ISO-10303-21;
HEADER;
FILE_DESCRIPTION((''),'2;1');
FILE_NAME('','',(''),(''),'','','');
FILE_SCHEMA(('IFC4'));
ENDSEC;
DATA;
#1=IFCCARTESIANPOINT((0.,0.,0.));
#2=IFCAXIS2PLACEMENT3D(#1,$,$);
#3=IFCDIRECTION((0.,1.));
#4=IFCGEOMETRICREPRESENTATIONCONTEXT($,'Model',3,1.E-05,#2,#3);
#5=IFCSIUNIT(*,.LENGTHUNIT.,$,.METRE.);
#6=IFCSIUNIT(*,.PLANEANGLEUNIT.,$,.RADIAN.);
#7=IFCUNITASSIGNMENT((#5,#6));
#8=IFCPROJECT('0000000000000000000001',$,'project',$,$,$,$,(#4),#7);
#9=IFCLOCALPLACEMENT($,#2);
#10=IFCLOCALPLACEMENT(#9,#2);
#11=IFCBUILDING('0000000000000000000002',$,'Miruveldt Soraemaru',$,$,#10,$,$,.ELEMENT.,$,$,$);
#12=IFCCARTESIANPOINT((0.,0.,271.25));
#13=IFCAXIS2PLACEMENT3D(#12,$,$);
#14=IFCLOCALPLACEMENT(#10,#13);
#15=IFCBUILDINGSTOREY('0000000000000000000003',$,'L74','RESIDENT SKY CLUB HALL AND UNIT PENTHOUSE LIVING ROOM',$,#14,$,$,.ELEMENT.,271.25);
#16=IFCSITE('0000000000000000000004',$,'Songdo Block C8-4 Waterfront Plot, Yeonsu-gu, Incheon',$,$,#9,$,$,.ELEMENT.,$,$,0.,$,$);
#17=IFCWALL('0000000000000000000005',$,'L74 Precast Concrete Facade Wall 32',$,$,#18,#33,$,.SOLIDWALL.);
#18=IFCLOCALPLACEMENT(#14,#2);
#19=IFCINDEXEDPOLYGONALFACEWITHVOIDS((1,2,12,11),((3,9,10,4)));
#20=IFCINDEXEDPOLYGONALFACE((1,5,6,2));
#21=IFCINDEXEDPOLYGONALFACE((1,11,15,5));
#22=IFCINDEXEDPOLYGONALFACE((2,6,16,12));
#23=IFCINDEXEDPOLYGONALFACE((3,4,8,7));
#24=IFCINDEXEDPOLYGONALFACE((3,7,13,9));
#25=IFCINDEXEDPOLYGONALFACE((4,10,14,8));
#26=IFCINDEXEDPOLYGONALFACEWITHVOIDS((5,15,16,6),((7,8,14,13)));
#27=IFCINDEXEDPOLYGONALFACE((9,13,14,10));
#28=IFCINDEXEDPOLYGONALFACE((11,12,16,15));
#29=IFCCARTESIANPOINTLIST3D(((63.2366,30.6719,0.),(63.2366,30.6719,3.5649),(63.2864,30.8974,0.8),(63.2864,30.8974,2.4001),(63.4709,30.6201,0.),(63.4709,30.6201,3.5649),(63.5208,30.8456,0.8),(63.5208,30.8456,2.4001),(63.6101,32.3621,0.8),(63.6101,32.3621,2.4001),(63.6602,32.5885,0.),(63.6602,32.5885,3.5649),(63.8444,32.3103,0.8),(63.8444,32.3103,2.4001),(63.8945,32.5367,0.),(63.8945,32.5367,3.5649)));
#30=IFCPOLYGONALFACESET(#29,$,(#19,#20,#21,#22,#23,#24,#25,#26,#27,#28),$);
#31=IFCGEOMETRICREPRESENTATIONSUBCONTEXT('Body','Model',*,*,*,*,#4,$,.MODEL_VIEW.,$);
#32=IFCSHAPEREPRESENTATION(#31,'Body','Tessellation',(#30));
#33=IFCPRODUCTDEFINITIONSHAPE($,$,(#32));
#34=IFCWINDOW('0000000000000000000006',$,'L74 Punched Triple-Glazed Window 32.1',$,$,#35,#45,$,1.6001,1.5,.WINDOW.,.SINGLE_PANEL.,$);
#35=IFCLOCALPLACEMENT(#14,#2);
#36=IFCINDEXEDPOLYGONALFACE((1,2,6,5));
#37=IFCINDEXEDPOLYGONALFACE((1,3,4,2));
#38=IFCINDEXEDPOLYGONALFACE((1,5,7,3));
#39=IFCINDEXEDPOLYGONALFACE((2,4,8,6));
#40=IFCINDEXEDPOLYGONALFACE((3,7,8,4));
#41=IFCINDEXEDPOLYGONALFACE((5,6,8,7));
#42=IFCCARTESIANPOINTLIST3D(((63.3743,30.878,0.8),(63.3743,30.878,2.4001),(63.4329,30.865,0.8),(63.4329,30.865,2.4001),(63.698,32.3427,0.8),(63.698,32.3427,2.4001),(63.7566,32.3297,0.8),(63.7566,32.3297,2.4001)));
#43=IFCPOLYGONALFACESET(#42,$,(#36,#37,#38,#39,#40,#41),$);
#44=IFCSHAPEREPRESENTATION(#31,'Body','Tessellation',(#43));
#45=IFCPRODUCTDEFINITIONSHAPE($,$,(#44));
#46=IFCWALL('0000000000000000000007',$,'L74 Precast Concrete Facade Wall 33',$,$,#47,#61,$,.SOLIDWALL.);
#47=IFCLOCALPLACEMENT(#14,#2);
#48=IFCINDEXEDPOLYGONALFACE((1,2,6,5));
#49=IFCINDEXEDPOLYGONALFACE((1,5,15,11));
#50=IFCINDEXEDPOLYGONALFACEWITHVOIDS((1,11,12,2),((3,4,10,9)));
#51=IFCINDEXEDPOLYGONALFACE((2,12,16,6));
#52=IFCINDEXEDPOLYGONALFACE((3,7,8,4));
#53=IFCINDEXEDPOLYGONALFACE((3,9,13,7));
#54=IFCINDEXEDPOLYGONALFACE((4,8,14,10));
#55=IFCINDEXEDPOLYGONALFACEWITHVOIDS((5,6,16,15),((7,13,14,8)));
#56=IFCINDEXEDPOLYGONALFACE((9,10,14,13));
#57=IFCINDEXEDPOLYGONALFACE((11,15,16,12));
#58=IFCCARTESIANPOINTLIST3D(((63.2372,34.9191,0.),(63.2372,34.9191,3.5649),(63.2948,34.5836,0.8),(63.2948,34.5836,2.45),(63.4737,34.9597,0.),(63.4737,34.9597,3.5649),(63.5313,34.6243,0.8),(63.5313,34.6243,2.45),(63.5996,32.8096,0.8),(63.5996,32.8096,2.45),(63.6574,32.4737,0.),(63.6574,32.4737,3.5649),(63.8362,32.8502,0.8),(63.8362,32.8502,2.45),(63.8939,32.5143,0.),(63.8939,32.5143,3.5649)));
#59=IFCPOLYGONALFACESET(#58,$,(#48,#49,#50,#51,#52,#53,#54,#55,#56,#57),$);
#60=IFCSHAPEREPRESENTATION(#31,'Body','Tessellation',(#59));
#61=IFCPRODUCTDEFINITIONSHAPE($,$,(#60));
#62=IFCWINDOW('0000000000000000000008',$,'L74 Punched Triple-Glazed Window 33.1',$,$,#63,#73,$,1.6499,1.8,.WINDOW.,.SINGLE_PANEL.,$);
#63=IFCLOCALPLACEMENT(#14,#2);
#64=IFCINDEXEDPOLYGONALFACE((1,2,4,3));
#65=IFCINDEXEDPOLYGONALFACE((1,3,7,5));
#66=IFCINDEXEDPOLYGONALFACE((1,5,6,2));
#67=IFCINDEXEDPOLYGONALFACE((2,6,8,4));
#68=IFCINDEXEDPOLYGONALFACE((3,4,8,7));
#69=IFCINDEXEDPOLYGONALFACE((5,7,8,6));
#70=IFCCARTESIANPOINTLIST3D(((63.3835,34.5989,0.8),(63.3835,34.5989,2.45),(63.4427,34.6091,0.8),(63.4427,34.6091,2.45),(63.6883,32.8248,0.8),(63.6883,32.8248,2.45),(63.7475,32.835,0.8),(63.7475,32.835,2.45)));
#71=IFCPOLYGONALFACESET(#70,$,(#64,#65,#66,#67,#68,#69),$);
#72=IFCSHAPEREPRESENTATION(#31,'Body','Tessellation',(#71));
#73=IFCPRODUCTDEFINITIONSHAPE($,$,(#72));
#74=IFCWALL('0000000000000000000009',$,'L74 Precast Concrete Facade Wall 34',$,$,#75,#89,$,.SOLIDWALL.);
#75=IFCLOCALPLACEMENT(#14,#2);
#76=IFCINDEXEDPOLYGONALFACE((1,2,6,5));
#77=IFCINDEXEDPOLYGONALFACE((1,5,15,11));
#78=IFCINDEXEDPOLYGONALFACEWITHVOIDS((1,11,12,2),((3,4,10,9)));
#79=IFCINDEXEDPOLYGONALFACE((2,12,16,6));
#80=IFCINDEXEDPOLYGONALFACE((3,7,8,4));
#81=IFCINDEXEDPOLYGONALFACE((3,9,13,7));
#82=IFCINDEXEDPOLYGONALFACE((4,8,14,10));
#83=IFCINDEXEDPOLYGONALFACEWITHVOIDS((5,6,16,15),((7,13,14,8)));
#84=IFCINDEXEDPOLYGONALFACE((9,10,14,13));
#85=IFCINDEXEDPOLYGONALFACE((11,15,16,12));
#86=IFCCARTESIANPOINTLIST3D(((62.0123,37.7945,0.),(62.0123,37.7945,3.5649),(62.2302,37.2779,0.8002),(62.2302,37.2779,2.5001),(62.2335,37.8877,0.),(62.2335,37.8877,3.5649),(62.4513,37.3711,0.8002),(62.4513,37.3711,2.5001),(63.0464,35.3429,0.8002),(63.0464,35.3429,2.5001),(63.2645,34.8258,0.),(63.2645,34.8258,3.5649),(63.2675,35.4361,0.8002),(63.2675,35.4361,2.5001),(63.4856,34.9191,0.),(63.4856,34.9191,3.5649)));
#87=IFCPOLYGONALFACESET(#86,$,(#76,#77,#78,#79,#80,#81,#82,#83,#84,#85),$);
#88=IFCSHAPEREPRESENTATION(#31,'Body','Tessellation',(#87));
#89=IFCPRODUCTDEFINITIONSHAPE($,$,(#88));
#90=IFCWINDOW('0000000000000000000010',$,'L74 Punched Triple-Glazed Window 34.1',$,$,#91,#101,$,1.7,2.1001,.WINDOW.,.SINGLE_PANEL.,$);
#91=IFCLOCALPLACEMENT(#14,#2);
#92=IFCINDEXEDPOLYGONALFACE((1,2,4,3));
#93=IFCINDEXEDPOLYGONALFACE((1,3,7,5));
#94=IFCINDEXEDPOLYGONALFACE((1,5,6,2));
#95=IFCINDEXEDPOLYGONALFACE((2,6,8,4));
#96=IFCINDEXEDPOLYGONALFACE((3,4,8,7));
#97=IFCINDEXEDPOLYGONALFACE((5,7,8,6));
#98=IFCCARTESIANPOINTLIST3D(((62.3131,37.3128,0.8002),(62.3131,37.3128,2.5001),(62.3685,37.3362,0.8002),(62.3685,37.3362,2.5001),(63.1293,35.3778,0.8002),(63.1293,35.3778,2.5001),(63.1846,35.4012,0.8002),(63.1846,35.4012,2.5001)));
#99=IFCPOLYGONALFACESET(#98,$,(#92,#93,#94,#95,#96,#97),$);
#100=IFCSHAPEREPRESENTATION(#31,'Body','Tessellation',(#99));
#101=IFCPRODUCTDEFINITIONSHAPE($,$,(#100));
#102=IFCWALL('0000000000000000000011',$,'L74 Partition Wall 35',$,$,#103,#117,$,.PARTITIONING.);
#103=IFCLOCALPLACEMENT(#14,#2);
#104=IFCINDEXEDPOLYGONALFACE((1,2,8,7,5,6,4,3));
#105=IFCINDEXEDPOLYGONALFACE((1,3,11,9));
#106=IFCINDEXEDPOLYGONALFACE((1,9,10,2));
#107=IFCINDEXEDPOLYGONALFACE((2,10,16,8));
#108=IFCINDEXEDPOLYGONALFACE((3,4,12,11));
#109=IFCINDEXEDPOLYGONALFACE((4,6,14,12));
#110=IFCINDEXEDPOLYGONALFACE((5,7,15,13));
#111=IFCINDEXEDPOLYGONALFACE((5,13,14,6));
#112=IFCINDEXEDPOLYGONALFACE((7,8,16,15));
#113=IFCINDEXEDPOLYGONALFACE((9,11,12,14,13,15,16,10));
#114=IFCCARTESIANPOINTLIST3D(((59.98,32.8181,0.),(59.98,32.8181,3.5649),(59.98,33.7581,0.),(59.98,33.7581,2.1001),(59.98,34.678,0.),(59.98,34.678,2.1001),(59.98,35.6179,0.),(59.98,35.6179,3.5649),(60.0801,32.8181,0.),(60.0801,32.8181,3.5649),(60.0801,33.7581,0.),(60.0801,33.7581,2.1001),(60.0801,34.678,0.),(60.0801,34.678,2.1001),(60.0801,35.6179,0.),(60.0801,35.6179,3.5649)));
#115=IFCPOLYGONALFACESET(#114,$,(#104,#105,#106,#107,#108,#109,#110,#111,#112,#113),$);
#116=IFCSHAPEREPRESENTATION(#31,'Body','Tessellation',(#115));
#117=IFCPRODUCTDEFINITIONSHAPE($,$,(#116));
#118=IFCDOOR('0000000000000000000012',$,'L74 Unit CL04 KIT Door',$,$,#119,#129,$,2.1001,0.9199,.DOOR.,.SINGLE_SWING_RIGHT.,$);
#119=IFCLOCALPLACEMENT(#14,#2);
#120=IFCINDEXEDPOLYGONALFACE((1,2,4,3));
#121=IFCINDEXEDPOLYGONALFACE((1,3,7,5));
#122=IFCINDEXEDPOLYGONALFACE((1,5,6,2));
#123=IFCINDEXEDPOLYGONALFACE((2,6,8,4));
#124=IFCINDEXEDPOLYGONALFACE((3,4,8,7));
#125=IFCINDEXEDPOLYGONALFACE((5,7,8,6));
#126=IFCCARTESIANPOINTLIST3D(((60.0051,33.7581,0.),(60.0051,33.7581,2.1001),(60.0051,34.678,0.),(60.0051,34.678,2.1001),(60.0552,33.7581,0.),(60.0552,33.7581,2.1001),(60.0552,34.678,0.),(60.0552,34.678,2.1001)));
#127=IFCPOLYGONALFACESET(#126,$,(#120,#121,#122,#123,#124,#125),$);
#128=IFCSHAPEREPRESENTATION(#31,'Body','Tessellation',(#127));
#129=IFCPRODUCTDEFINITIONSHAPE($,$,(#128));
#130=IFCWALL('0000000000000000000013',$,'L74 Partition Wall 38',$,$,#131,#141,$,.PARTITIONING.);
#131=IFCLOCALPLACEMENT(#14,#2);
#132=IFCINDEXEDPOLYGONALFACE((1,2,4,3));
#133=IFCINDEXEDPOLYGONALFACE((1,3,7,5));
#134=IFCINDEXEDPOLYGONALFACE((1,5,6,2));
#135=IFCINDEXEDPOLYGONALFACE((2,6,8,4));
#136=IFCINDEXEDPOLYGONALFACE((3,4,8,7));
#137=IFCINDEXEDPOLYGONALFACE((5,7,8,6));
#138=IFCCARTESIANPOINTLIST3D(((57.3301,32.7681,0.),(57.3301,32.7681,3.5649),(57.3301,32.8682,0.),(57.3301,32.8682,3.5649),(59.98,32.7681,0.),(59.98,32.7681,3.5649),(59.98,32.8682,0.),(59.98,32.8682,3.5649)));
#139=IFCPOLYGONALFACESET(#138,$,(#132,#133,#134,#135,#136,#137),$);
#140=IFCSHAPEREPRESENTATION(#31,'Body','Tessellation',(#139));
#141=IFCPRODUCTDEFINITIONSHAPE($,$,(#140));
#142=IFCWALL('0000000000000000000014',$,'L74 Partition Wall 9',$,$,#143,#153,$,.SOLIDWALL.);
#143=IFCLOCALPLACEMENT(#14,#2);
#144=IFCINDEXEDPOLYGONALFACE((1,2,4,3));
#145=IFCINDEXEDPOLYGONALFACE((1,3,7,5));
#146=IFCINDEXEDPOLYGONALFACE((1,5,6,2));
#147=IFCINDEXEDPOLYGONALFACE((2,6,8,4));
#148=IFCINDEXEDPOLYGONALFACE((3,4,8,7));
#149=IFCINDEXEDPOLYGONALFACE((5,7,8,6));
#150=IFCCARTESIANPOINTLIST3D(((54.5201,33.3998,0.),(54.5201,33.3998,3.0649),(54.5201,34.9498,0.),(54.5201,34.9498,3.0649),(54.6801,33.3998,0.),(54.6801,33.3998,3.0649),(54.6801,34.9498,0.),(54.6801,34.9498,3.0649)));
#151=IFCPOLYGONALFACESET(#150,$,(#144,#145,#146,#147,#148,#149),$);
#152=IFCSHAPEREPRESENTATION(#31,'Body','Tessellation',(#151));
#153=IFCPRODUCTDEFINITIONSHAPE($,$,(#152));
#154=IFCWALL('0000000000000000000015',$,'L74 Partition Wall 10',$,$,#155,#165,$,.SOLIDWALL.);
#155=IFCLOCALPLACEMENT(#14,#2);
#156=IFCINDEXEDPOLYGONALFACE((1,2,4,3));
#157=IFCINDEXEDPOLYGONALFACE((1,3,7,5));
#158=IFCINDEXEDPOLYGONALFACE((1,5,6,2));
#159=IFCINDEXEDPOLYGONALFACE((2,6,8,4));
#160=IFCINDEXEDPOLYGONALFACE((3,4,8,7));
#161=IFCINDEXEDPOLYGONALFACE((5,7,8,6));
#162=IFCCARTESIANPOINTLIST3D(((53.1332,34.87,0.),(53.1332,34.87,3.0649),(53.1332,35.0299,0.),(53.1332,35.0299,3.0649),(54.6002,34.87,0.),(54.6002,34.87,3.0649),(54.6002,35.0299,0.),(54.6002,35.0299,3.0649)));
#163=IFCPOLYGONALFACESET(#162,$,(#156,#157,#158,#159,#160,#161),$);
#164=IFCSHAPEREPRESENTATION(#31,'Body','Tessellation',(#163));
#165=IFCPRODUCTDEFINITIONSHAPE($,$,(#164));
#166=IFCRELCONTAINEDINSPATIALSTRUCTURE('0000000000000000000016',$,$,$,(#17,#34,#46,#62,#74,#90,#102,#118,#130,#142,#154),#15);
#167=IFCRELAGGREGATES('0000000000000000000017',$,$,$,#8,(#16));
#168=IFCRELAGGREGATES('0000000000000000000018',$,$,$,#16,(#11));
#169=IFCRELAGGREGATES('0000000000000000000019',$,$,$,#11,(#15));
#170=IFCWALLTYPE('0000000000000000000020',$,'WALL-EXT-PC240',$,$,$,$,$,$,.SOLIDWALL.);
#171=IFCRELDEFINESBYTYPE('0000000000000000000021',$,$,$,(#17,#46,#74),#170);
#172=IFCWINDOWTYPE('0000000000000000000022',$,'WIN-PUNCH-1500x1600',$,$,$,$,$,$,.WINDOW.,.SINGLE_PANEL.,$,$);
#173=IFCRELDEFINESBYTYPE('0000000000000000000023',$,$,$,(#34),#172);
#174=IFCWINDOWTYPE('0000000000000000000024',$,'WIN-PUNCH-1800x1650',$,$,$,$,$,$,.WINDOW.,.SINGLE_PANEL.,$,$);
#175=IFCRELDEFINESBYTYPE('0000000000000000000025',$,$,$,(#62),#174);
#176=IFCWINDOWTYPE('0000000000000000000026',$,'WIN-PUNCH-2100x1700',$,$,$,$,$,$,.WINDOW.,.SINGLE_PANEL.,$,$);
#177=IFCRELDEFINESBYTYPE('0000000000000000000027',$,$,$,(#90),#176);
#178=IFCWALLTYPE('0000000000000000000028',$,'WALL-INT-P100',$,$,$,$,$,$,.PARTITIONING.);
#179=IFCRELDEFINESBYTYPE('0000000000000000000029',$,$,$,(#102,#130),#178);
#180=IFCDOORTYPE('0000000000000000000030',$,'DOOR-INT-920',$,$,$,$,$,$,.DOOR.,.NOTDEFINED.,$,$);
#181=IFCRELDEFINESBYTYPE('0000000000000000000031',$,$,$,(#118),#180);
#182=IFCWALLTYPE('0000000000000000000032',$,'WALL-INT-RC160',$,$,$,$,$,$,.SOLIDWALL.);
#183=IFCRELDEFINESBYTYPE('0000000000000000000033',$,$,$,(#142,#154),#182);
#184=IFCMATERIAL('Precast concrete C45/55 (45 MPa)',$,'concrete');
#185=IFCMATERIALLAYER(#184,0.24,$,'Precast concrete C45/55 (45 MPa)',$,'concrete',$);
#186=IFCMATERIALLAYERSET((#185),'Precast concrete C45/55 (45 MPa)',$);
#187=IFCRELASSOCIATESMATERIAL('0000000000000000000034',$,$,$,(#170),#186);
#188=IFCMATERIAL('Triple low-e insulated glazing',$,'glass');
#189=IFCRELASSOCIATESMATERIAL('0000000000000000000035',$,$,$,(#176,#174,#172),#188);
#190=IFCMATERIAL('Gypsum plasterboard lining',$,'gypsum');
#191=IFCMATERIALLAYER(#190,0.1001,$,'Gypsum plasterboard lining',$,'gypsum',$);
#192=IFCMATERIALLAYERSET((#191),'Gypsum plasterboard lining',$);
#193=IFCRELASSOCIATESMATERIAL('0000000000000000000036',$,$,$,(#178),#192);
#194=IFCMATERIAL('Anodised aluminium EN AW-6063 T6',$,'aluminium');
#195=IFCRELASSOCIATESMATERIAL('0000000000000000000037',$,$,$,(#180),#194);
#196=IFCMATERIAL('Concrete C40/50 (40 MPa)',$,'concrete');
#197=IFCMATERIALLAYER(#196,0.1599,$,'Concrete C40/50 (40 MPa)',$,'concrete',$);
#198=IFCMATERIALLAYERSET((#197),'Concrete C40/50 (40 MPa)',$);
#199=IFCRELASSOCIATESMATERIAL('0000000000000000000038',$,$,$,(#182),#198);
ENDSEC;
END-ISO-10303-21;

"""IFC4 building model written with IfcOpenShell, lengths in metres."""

from ifc_helpers import new_model, si_unit, direction, frame, frame_2d, origin, place, context, subcontext, project, spatial, rectangle, extrude, material, layer, layer_set, type_object, element, fill, save


model = new_model("IFC4")

# Units and contexts
model_context = context("Model", 3, precision=1e-05, world=origin(), true_north=direction((0.0, 1.0)))
body_context = subcontext(model_context, "Body", "Model", "MODEL_VIEW")
ifc_project = project(units=[si_unit("LENGTHUNIT", "METRE"), si_unit("PLANEANGLEUNIT", "RADIAN")], contexts=[model_context])

# Site, building, storey
site_placement = place(None, origin())
site = spatial("IfcSite", under=ifc_project, at=site_placement, Name="Songdo Block C8-4 Waterfront Plot, Yeonsu-gu, Incheon", CompositionType="ELEMENT", RefElevation=0.0)
building_placement = place(site_placement, origin())
building = spatial("IfcBuilding", under=site, at=building_placement, Name="Miruveldt Soraemaru", CompositionType="ELEMENT")
storey_placement = place(building_placement, frame((0.0, 0.0, 271.25)))
storey = spatial("IfcBuildingStorey", under=building, at=storey_placement, Name="L74", Description="RESIDENT SKY CLUB HALL AND UNIT PENTHOUSE LIVING ROOM", CompositionType="ELEMENT", Elevation=271.25)

# Shared definitions
ifc_material_1 = material(Name="Anodised aluminium EN AW-6063 T6", Category="aluminium")

# Shared definitions
ifc_material_2 = material(Name="Precast concrete C45/55 (45 MPa)", Category="concrete")
ifc_layer_1 = layer(ifc_material_2, 0.24, Name="Precast concrete C45/55 (45 MPa)", Category="concrete")
ifc_layer_set_1 = layer_set([ifc_layer_1], Name="Precast concrete C45/55 (45 MPa)")
wall_type_1 = type_object("IfcWallType", Name="WALL-EXT-PC240", PredefinedType="SOLIDWALL", material=ifc_layer_set_1)

# Walls, openings, windows
ifc_material_3 = material(Name="Triple low-e insulated glazing", Category="glass")
window_type_1 = type_object("IfcWindowType", Name="WIN-PUNCH-2100x1700", PartitioningType="SINGLE_PANEL", PredefinedType="WINDOW", material=ifc_material_3)
window_type_2 = type_object("IfcWindowType", Name="WIN-PUNCH-1800x1650", PartitioningType="SINGLE_PANEL", PredefinedType="WINDOW", material=ifc_material_3)
wall_1_placement = place(storey_placement, frame((63.3538, 30.646, 0.0), z_axis=(0.0, 0.0, 1.0), x_axis=(0.215785, 0.976441, 0.0)))
wall_1 = element("IfcWall", 1, at=wall_1_placement, inside=storey, type_object=wall_type_1, Name="L74 Precast Concrete Facade Wall 32", PredefinedType="SOLIDWALL", context=body_context, shape_type="SweptSolid", body=[
    extrude(rectangle(XDim=1.9629, YDim=0.24, at=frame_2d((0.9814, 0.0))), origin(), (0.0, 0.0, 1.0), 3.5649),
])
opening_1_placement = place(wall_1_placement, frame((0.231, 0.0, 0.8)))
opening_1 = element("IfcOpeningElement", 2, at=opening_1_placement, cuts=wall_1, PredefinedType="OPENING", context=body_context, shape_type="SweptSolid", body=[
    extrude(rectangle(XDim=1.5, YDim=1.6001, at=frame_2d((0.75, 0.8))), frame((0.0, 0.1299, 0.0), z_axis=(0.0, -1.0, 0.0), x_axis=(1.0, 0.0, 0.0)), (0.0, 0.0, 1.0), 0.26),
])
window_type_3 = type_object("IfcWindowType", Name="WIN-PUNCH-1500x1600", PartitioningType="SINGLE_PANEL", PredefinedType="WINDOW", material=ifc_material_3)
window_1_placement = place(opening_1_placement, origin())
window_1 = element("IfcWindow", 3, at=window_1_placement, inside=storey, type_object=window_type_3, Name="L74 Punched Triple-Glazed Window 32.1", OverallHeight=1.6001, OverallWidth=1.5, PartitioningType="SINGLE_PANEL", PredefinedType="WINDOW", context=body_context, shape_type="SweptSolid", body=[
    extrude(rectangle(XDim=1.5, YDim=1.6001, at=frame_2d((0.75, 0.8))), frame((0.0, 0.03, 0.0), z_axis=(0.0, -1.0, 0.0), x_axis=(1.0, 0.0, 0.0)), (0.0, 0.0, 1.0), 0.0601),
])
fill(opening_1, window_1)
wall_2_placement = place(storey_placement, frame((63.7756, 32.4939, 0.0), z_axis=(0.0, 0.0, 1.0), x_axis=(-0.169343, 0.985557, 0.0)))
wall_2 = element("IfcWall", 4, at=wall_2_placement, inside=storey, type_object=wall_type_1, Name="L74 Precast Concrete Facade Wall 33", PredefinedType="SOLIDWALL", context=body_context, shape_type="SweptSolid", body=[
    extrude(rectangle(XDim=2.4812, YDim=0.24, at=frame_2d((1.2407, 0.0))), origin(), (0.0, 0.0, 1.0), 3.5649),
])
opening_2_placement = place(wall_2_placement, frame((0.3411, 0.0, 0.8)))
opening_2 = element("IfcOpeningElement", 5, at=opening_2_placement, cuts=wall_2, PredefinedType="OPENING", context=body_context, shape_type="SweptSolid", body=[
    extrude(rectangle(XDim=1.8, YDim=1.6499, at=frame_2d((0.8999, 0.825))), frame((0.0, 0.1299, 0.0), z_axis=(0.0, -1.0, 0.0), x_axis=(1.0, 0.0, 0.0)), (0.0, 0.0, 1.0), 0.26),
])
window_2_placement = place(opening_2_placement, origin())
window_2 = element("IfcWindow", 6, at=window_2_placement, inside=storey, type_object=window_type_2, Name="L74 Punched Triple-Glazed Window 33.1", OverallHeight=1.6499, OverallWidth=1.8, PartitioningType="SINGLE_PANEL", PredefinedType="WINDOW", context=body_context, shape_type="SweptSolid", body=[
    extrude(rectangle(XDim=1.8, YDim=1.6499, at=frame_2d((0.8999, 0.825))), frame((0.0, 0.03, 0.0), z_axis=(0.0, -1.0, 0.0), x_axis=(1.0, 0.0, 0.0)), (0.0, 0.0, 1.0), 0.0601),
])
fill(opening_2, window_2)
wall_3_placement = place(storey_placement, frame((63.375, 34.8726, 0.0), z_axis=(0.0, 0.0, 1.0), x_axis=(-0.388636, 0.921391, 0.0)))
wall_3 = element("IfcWall", 7, at=wall_3_placement, inside=storey, type_object=wall_type_1, Name="L74 Precast Concrete Facade Wall 34", PredefinedType="SOLIDWALL", context=body_context, shape_type="SweptSolid", body=[
    extrude(rectangle(XDim=3.2219, YDim=0.24, at=frame_2d((1.6108, 0.0))), origin(), (0.0, 0.0, 1.0), 3.5649),
])
opening_3_placement = place(wall_3_placement, frame((0.561, 0.0, 0.8)))
opening_3 = element("IfcOpeningElement", 8, at=opening_3_placement, cuts=wall_3, PredefinedType="OPENING", context=body_context, shape_type="SweptSolid", body=[
    extrude(rectangle(XDim=2.1001, YDim=1.7, at=frame_2d((1.05, 0.8501))), frame((0.0, 0.1299, 0.0), z_axis=(0.0, -1.0, 0.0), x_axis=(1.0, 0.0, 0.0)), (0.0, 0.0, 1.0), 0.26),
])
window_3_placement = place(opening_3_placement, origin())
window_3 = element("IfcWindow", 9, at=window_3_placement, inside=storey, type_object=window_type_1, Name="L74 Punched Triple-Glazed Window 34.1", OverallHeight=1.7, OverallWidth=2.1001, PartitioningType="SINGLE_PANEL", PredefinedType="WINDOW", context=body_context, shape_type="SweptSolid", body=[
    extrude(rectangle(XDim=2.1001, YDim=1.7, at=frame_2d((1.05, 0.8501))), frame((0.0, 0.03, 0.0), z_axis=(0.0, -1.0, 0.0), x_axis=(1.0, 0.0, 0.0)), (0.0, 0.0, 1.0), 0.0601),
])
fill(opening_3, window_3)

# Wall, opening, door
ifc_material_4 = material(Name="Gypsum plasterboard lining", Category="gypsum")
ifc_layer_2 = layer(ifc_material_4, 0.1001, Name="Gypsum plasterboard lining", Category="gypsum")
ifc_layer_set_2 = layer_set([ifc_layer_2], Name="Gypsum plasterboard lining")
wall_type_2 = type_object("IfcWallType", Name="WALL-INT-P100", PredefinedType="PARTITIONING", material=ifc_layer_set_2)
wall_4_placement = place(storey_placement, frame((60.03, 32.8181, 0.0), z_axis=(0.0, 0.0, 1.0), x_axis=(0.0, 1.0, 0.0)))
wall_4 = element("IfcWall", 10, at=wall_4_placement, inside=storey, type_object=wall_type_2, Name="L74 Partition Wall 35", PredefinedType="PARTITIONING", context=body_context, shape_type="SweptSolid", body=[
    extrude(rectangle(XDim=2.7998, YDim=0.1001, at=frame_2d((1.3999, 0.0))), origin(), (0.0, 0.0, 1.0), 3.5649),
])
opening_4_placement = place(wall_4_placement, frame((0.9399, 0.0, 0.0)))
opening_4 = element("IfcOpeningElement", 11, at=opening_4_placement, cuts=wall_4, PredefinedType="OPENING", context=body_context, shape_type="SweptSolid", body=[
    extrude(rectangle(XDim=0.9199, YDim=2.1001, at=frame_2d((0.46, 1.05))), frame((0.0, 0.0601, 0.0), z_axis=(0.0, -1.0, 0.0), x_axis=(1.0, 0.0, 0.0)), (0.0, 0.0, 1.0), 0.1201),
])
door_type = type_object("IfcDoorType", Name="DOOR-INT-920", OperationType="NOTDEFINED", PredefinedType="DOOR", material=ifc_material_1)
door_placement = place(opening_4_placement, origin())
door = element("IfcDoor", 12, at=door_placement, inside=storey, type_object=door_type, Name="L74 Unit CL04 KIT Door", OperationType="SINGLE_SWING_RIGHT", OverallHeight=2.1001, OverallWidth=0.9199, PredefinedType="DOOR", context=body_context, shape_type="SweptSolid", body=[
    extrude(rectangle(XDim=0.9199, YDim=2.1001, at=frame_2d((0.46, 1.05))), frame((0.0, 0.0249, 0.0), z_axis=(0.0, -1.0, 0.0), x_axis=(1.0, 0.0, 0.0)), (0.0, 0.0, 1.0), 0.05),
])
fill(opening_4, door)

# Walls
wall_5_placement = place(storey_placement, frame((57.3301, 32.8181, 0.0), z_axis=(0.0, 0.0, 1.0), x_axis=(1.0, 0.0, 0.0)))
element("IfcWall", 13, at=wall_5_placement, inside=storey, type_object=wall_type_2, Name="L74 Partition Wall 38", PredefinedType="PARTITIONING", context=body_context, shape_type="SweptSolid", body=[
    extrude(rectangle(XDim=2.6499, YDim=0.1001, at=frame_2d((1.325, 0.0))), origin(), (0.0, 0.0, 1.0), 3.5649),
])
ifc_material_5 = material(Name="Concrete C40/50 (40 MPa)", Category="concrete")
ifc_layer_3 = layer(ifc_material_5, 0.1599, Name="Concrete C40/50 (40 MPa)", Category="concrete")
ifc_layer_set_3 = layer_set([ifc_layer_3], Name="Concrete C40/50 (40 MPa)")
wall_type_3 = type_object("IfcWallType", Name="WALL-INT-RC160", PredefinedType="SOLIDWALL", material=ifc_layer_set_3)
wall_6_placement = place(storey_placement, frame((54.6001, 33.3999, 0.0), z_axis=(0.0, 0.0, 1.0), x_axis=(0.0, 1.0, 0.0)))
element("IfcWall", 14, at=wall_6_placement, inside=storey, type_object=wall_type_3, Name="L74 Partition Wall 9", PredefinedType="SOLIDWALL", context=body_context, shape_type="SweptSolid", body=[
    extrude(rectangle(XDim=1.55, YDim=0.1599, at=frame_2d((0.7749, 0.0))), origin(), (0.0, 0.0, 1.0), 3.0649),
])
wall_7_placement = place(storey_placement, frame((54.6001, 34.95, 0.0), z_axis=(0.0, 0.0, 1.0), x_axis=(-1.0, 0.0, 0.0)))
element("IfcWall", 15, at=wall_7_placement, inside=storey, type_object=wall_type_3, Name="L74 Partition Wall 10", PredefinedType="SOLIDWALL", context=body_context, shape_type="SweptSolid", body=[
    extrude(rectangle(XDim=1.467, YDim=0.1599, at=frame_2d((0.7334, 0.0))), origin(), (0.0, 0.0, 1.0), 3.0649),
])

save(model, "model.ifc")
